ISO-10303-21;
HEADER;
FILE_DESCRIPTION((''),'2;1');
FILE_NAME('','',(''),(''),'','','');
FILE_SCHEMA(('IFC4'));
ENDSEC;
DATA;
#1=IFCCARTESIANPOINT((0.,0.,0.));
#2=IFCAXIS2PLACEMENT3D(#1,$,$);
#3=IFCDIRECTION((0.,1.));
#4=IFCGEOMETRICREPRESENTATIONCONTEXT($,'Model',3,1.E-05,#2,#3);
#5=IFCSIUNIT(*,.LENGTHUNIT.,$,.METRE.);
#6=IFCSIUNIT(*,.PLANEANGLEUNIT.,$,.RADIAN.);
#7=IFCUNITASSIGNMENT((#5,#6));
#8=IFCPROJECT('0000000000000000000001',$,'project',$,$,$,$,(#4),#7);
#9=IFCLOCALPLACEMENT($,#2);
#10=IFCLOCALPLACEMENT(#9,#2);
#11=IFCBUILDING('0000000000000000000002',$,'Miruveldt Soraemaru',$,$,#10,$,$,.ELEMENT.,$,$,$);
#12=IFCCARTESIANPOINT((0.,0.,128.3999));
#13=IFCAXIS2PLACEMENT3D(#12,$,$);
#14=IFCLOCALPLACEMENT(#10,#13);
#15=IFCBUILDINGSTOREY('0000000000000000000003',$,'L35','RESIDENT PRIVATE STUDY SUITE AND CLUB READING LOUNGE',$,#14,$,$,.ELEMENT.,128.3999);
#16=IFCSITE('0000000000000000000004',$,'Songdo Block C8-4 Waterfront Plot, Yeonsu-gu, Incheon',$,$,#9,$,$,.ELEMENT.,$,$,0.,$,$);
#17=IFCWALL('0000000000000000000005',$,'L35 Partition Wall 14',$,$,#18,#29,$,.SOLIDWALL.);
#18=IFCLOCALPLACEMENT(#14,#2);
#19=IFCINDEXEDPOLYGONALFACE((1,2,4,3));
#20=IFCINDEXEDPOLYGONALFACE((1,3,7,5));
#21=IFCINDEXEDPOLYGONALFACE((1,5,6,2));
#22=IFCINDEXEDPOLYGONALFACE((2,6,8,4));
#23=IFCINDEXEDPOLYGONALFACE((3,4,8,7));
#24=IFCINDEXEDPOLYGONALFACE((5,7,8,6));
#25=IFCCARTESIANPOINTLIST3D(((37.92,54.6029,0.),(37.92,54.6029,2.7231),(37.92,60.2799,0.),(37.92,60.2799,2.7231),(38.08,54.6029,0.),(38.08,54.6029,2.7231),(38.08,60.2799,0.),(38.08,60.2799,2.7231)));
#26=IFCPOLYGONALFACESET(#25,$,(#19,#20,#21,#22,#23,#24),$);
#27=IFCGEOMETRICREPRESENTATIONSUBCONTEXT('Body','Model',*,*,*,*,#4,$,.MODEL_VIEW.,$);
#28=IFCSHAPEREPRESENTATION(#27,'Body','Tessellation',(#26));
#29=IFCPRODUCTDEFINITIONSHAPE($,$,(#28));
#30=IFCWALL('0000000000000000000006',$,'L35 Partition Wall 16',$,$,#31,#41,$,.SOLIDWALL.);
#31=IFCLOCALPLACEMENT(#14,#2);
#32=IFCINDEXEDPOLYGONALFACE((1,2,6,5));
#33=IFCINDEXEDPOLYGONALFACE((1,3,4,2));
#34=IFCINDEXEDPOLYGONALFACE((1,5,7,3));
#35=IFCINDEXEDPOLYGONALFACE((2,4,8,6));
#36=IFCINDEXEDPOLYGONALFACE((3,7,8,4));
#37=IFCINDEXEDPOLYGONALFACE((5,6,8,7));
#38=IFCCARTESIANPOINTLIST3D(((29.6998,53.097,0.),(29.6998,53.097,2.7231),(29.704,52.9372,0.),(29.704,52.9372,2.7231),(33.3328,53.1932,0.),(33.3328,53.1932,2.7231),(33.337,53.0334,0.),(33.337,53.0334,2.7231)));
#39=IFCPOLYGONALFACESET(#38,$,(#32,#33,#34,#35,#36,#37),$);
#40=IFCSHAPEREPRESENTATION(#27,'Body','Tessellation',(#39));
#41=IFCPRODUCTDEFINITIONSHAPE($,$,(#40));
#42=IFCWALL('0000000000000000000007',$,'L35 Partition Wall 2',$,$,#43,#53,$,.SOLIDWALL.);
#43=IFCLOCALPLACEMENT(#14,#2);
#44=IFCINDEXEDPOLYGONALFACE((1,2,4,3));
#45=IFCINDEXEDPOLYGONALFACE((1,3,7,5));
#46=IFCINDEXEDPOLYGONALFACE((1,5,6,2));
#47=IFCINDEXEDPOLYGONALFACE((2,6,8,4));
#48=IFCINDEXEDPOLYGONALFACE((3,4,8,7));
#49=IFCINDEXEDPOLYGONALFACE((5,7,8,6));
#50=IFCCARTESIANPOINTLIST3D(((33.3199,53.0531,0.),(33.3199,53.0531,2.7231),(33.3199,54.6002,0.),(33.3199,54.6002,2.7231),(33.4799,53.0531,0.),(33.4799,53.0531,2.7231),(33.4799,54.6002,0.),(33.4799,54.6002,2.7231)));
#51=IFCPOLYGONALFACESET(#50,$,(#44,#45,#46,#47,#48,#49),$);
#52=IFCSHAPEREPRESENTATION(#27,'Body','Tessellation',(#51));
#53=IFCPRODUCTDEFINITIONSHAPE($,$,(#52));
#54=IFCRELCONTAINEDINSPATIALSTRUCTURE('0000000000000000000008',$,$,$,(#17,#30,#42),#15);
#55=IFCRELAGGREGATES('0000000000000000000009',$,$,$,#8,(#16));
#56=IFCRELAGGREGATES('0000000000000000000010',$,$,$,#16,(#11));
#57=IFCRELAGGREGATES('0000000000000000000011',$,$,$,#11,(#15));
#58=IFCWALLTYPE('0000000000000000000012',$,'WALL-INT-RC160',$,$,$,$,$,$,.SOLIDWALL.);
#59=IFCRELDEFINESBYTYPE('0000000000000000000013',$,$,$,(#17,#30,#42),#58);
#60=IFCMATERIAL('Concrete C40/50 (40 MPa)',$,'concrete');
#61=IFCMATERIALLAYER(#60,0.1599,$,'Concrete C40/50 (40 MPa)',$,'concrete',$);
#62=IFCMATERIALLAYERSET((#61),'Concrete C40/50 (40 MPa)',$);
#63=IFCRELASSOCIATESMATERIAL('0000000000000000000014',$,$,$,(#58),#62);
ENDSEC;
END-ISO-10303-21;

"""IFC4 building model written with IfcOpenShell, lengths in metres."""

from ifc_helpers import new_model, si_unit, direction, frame, frame_2d, origin, place, context, subcontext, project, spatial, rectangle, extrude, material, layer, layer_set, type_object, element, save


model = new_model("IFC4")

# Units and contexts
model_context = context("Model", 3, precision=1e-05, world=origin(), true_north=direction((0.0, 1.0)))
body_context = subcontext(model_context, "Body", "Model", "MODEL_VIEW")
ifc_project = project(units=[si_unit("LENGTHUNIT", "METRE"), si_unit("PLANEANGLEUNIT", "RADIAN")], contexts=[model_context])

# Site, building, storey
site_placement = place(None, origin())
site = spatial("IfcSite", under=ifc_project, at=site_placement, Name="Songdo Block C8-4 Waterfront Plot, Yeonsu-gu, Incheon", CompositionType="ELEMENT", RefElevation=0.0)
building_placement = place(site_placement, origin())
building = spatial("IfcBuilding", under=site, at=building_placement, Name="Miruveldt Soraemaru", CompositionType="ELEMENT")
storey_placement = place(building_placement, frame((0.0, 0.0, 128.3999)))
storey = spatial("IfcBuildingStorey", under=building, at=storey_placement, Name="L35", Description="RESIDENT PRIVATE STUDY SUITE AND CLUB READING LOUNGE", CompositionType="ELEMENT", Elevation=128.3999)

# Shared definitions
ifc_material_1 = material(Name="Concrete C40/50 (40 MPa)", Category="concrete")

# Shared definitions
ifc_layer_1 = layer(ifc_material_1, 0.1599, Name="Concrete C40/50 (40 MPa)", Category="concrete")
ifc_layer_set_1 = layer_set([ifc_layer_1], Name="Concrete C40/50 (40 MPa)")
wall_type_1 = type_object("IfcWallType", Name="WALL-INT-RC160", PredefinedType="SOLIDWALL", material=ifc_layer_set_1)

# Walls
wall_1_placement = place(storey_placement, frame((38.0, 54.603, 0.0), z_axis=(0.0, 0.0, 1.0), x_axis=(0.0, 1.0, 0.0)))
element("IfcWall", 1, at=wall_1_placement, inside=storey, type_object=wall_type_1, Name="L35 Partition Wall 14", PredefinedType="SOLIDWALL", context=body_context, shape_type="SweptSolid", body=[
    extrude(rectangle(XDim=5.677, YDim=0.1599, at=frame_2d((2.8384, 0.0))), origin(), (0.0, 0.0, 1.0), 2.7231),
])
wall_2_placement = place(storey_placement, frame((29.7019, 53.0171, 0.0), z_axis=(0.0, 0.0, 1.0), x_axis=(0.99965, 0.026467, 0.0)))
element("IfcWall", 2, at=wall_2_placement, inside=storey, type_object=wall_type_1, Name="L35 Partition Wall 16", PredefinedType="SOLIDWALL", context=body_context, shape_type="SweptSolid", body=[
    extrude(rectangle(XDim=3.6343, YDim=0.1599, at=frame_2d((1.8171, 0.0))), origin(), (0.0, 0.0, 1.0), 2.7231),
])
wall_3_placement = place(storey_placement, frame((33.3999, 54.6001, 0.0), z_axis=(0.0, 0.0, 1.0), x_axis=(0.0, -1.0, 0.0)))
element("IfcWall", 3, at=wall_3_placement, inside=storey, type_object=wall_type_1, Name="L35 Partition Wall 2", PredefinedType="SOLIDWALL", context=body_context, shape_type="SweptSolid", body=[
    extrude(rectangle(XDim=1.5471, YDim=0.1599, at=frame_2d((0.7734, 0.0))), origin(), (0.0, 0.0, 1.0), 2.7231),
])

save(model, "model.ifc")
